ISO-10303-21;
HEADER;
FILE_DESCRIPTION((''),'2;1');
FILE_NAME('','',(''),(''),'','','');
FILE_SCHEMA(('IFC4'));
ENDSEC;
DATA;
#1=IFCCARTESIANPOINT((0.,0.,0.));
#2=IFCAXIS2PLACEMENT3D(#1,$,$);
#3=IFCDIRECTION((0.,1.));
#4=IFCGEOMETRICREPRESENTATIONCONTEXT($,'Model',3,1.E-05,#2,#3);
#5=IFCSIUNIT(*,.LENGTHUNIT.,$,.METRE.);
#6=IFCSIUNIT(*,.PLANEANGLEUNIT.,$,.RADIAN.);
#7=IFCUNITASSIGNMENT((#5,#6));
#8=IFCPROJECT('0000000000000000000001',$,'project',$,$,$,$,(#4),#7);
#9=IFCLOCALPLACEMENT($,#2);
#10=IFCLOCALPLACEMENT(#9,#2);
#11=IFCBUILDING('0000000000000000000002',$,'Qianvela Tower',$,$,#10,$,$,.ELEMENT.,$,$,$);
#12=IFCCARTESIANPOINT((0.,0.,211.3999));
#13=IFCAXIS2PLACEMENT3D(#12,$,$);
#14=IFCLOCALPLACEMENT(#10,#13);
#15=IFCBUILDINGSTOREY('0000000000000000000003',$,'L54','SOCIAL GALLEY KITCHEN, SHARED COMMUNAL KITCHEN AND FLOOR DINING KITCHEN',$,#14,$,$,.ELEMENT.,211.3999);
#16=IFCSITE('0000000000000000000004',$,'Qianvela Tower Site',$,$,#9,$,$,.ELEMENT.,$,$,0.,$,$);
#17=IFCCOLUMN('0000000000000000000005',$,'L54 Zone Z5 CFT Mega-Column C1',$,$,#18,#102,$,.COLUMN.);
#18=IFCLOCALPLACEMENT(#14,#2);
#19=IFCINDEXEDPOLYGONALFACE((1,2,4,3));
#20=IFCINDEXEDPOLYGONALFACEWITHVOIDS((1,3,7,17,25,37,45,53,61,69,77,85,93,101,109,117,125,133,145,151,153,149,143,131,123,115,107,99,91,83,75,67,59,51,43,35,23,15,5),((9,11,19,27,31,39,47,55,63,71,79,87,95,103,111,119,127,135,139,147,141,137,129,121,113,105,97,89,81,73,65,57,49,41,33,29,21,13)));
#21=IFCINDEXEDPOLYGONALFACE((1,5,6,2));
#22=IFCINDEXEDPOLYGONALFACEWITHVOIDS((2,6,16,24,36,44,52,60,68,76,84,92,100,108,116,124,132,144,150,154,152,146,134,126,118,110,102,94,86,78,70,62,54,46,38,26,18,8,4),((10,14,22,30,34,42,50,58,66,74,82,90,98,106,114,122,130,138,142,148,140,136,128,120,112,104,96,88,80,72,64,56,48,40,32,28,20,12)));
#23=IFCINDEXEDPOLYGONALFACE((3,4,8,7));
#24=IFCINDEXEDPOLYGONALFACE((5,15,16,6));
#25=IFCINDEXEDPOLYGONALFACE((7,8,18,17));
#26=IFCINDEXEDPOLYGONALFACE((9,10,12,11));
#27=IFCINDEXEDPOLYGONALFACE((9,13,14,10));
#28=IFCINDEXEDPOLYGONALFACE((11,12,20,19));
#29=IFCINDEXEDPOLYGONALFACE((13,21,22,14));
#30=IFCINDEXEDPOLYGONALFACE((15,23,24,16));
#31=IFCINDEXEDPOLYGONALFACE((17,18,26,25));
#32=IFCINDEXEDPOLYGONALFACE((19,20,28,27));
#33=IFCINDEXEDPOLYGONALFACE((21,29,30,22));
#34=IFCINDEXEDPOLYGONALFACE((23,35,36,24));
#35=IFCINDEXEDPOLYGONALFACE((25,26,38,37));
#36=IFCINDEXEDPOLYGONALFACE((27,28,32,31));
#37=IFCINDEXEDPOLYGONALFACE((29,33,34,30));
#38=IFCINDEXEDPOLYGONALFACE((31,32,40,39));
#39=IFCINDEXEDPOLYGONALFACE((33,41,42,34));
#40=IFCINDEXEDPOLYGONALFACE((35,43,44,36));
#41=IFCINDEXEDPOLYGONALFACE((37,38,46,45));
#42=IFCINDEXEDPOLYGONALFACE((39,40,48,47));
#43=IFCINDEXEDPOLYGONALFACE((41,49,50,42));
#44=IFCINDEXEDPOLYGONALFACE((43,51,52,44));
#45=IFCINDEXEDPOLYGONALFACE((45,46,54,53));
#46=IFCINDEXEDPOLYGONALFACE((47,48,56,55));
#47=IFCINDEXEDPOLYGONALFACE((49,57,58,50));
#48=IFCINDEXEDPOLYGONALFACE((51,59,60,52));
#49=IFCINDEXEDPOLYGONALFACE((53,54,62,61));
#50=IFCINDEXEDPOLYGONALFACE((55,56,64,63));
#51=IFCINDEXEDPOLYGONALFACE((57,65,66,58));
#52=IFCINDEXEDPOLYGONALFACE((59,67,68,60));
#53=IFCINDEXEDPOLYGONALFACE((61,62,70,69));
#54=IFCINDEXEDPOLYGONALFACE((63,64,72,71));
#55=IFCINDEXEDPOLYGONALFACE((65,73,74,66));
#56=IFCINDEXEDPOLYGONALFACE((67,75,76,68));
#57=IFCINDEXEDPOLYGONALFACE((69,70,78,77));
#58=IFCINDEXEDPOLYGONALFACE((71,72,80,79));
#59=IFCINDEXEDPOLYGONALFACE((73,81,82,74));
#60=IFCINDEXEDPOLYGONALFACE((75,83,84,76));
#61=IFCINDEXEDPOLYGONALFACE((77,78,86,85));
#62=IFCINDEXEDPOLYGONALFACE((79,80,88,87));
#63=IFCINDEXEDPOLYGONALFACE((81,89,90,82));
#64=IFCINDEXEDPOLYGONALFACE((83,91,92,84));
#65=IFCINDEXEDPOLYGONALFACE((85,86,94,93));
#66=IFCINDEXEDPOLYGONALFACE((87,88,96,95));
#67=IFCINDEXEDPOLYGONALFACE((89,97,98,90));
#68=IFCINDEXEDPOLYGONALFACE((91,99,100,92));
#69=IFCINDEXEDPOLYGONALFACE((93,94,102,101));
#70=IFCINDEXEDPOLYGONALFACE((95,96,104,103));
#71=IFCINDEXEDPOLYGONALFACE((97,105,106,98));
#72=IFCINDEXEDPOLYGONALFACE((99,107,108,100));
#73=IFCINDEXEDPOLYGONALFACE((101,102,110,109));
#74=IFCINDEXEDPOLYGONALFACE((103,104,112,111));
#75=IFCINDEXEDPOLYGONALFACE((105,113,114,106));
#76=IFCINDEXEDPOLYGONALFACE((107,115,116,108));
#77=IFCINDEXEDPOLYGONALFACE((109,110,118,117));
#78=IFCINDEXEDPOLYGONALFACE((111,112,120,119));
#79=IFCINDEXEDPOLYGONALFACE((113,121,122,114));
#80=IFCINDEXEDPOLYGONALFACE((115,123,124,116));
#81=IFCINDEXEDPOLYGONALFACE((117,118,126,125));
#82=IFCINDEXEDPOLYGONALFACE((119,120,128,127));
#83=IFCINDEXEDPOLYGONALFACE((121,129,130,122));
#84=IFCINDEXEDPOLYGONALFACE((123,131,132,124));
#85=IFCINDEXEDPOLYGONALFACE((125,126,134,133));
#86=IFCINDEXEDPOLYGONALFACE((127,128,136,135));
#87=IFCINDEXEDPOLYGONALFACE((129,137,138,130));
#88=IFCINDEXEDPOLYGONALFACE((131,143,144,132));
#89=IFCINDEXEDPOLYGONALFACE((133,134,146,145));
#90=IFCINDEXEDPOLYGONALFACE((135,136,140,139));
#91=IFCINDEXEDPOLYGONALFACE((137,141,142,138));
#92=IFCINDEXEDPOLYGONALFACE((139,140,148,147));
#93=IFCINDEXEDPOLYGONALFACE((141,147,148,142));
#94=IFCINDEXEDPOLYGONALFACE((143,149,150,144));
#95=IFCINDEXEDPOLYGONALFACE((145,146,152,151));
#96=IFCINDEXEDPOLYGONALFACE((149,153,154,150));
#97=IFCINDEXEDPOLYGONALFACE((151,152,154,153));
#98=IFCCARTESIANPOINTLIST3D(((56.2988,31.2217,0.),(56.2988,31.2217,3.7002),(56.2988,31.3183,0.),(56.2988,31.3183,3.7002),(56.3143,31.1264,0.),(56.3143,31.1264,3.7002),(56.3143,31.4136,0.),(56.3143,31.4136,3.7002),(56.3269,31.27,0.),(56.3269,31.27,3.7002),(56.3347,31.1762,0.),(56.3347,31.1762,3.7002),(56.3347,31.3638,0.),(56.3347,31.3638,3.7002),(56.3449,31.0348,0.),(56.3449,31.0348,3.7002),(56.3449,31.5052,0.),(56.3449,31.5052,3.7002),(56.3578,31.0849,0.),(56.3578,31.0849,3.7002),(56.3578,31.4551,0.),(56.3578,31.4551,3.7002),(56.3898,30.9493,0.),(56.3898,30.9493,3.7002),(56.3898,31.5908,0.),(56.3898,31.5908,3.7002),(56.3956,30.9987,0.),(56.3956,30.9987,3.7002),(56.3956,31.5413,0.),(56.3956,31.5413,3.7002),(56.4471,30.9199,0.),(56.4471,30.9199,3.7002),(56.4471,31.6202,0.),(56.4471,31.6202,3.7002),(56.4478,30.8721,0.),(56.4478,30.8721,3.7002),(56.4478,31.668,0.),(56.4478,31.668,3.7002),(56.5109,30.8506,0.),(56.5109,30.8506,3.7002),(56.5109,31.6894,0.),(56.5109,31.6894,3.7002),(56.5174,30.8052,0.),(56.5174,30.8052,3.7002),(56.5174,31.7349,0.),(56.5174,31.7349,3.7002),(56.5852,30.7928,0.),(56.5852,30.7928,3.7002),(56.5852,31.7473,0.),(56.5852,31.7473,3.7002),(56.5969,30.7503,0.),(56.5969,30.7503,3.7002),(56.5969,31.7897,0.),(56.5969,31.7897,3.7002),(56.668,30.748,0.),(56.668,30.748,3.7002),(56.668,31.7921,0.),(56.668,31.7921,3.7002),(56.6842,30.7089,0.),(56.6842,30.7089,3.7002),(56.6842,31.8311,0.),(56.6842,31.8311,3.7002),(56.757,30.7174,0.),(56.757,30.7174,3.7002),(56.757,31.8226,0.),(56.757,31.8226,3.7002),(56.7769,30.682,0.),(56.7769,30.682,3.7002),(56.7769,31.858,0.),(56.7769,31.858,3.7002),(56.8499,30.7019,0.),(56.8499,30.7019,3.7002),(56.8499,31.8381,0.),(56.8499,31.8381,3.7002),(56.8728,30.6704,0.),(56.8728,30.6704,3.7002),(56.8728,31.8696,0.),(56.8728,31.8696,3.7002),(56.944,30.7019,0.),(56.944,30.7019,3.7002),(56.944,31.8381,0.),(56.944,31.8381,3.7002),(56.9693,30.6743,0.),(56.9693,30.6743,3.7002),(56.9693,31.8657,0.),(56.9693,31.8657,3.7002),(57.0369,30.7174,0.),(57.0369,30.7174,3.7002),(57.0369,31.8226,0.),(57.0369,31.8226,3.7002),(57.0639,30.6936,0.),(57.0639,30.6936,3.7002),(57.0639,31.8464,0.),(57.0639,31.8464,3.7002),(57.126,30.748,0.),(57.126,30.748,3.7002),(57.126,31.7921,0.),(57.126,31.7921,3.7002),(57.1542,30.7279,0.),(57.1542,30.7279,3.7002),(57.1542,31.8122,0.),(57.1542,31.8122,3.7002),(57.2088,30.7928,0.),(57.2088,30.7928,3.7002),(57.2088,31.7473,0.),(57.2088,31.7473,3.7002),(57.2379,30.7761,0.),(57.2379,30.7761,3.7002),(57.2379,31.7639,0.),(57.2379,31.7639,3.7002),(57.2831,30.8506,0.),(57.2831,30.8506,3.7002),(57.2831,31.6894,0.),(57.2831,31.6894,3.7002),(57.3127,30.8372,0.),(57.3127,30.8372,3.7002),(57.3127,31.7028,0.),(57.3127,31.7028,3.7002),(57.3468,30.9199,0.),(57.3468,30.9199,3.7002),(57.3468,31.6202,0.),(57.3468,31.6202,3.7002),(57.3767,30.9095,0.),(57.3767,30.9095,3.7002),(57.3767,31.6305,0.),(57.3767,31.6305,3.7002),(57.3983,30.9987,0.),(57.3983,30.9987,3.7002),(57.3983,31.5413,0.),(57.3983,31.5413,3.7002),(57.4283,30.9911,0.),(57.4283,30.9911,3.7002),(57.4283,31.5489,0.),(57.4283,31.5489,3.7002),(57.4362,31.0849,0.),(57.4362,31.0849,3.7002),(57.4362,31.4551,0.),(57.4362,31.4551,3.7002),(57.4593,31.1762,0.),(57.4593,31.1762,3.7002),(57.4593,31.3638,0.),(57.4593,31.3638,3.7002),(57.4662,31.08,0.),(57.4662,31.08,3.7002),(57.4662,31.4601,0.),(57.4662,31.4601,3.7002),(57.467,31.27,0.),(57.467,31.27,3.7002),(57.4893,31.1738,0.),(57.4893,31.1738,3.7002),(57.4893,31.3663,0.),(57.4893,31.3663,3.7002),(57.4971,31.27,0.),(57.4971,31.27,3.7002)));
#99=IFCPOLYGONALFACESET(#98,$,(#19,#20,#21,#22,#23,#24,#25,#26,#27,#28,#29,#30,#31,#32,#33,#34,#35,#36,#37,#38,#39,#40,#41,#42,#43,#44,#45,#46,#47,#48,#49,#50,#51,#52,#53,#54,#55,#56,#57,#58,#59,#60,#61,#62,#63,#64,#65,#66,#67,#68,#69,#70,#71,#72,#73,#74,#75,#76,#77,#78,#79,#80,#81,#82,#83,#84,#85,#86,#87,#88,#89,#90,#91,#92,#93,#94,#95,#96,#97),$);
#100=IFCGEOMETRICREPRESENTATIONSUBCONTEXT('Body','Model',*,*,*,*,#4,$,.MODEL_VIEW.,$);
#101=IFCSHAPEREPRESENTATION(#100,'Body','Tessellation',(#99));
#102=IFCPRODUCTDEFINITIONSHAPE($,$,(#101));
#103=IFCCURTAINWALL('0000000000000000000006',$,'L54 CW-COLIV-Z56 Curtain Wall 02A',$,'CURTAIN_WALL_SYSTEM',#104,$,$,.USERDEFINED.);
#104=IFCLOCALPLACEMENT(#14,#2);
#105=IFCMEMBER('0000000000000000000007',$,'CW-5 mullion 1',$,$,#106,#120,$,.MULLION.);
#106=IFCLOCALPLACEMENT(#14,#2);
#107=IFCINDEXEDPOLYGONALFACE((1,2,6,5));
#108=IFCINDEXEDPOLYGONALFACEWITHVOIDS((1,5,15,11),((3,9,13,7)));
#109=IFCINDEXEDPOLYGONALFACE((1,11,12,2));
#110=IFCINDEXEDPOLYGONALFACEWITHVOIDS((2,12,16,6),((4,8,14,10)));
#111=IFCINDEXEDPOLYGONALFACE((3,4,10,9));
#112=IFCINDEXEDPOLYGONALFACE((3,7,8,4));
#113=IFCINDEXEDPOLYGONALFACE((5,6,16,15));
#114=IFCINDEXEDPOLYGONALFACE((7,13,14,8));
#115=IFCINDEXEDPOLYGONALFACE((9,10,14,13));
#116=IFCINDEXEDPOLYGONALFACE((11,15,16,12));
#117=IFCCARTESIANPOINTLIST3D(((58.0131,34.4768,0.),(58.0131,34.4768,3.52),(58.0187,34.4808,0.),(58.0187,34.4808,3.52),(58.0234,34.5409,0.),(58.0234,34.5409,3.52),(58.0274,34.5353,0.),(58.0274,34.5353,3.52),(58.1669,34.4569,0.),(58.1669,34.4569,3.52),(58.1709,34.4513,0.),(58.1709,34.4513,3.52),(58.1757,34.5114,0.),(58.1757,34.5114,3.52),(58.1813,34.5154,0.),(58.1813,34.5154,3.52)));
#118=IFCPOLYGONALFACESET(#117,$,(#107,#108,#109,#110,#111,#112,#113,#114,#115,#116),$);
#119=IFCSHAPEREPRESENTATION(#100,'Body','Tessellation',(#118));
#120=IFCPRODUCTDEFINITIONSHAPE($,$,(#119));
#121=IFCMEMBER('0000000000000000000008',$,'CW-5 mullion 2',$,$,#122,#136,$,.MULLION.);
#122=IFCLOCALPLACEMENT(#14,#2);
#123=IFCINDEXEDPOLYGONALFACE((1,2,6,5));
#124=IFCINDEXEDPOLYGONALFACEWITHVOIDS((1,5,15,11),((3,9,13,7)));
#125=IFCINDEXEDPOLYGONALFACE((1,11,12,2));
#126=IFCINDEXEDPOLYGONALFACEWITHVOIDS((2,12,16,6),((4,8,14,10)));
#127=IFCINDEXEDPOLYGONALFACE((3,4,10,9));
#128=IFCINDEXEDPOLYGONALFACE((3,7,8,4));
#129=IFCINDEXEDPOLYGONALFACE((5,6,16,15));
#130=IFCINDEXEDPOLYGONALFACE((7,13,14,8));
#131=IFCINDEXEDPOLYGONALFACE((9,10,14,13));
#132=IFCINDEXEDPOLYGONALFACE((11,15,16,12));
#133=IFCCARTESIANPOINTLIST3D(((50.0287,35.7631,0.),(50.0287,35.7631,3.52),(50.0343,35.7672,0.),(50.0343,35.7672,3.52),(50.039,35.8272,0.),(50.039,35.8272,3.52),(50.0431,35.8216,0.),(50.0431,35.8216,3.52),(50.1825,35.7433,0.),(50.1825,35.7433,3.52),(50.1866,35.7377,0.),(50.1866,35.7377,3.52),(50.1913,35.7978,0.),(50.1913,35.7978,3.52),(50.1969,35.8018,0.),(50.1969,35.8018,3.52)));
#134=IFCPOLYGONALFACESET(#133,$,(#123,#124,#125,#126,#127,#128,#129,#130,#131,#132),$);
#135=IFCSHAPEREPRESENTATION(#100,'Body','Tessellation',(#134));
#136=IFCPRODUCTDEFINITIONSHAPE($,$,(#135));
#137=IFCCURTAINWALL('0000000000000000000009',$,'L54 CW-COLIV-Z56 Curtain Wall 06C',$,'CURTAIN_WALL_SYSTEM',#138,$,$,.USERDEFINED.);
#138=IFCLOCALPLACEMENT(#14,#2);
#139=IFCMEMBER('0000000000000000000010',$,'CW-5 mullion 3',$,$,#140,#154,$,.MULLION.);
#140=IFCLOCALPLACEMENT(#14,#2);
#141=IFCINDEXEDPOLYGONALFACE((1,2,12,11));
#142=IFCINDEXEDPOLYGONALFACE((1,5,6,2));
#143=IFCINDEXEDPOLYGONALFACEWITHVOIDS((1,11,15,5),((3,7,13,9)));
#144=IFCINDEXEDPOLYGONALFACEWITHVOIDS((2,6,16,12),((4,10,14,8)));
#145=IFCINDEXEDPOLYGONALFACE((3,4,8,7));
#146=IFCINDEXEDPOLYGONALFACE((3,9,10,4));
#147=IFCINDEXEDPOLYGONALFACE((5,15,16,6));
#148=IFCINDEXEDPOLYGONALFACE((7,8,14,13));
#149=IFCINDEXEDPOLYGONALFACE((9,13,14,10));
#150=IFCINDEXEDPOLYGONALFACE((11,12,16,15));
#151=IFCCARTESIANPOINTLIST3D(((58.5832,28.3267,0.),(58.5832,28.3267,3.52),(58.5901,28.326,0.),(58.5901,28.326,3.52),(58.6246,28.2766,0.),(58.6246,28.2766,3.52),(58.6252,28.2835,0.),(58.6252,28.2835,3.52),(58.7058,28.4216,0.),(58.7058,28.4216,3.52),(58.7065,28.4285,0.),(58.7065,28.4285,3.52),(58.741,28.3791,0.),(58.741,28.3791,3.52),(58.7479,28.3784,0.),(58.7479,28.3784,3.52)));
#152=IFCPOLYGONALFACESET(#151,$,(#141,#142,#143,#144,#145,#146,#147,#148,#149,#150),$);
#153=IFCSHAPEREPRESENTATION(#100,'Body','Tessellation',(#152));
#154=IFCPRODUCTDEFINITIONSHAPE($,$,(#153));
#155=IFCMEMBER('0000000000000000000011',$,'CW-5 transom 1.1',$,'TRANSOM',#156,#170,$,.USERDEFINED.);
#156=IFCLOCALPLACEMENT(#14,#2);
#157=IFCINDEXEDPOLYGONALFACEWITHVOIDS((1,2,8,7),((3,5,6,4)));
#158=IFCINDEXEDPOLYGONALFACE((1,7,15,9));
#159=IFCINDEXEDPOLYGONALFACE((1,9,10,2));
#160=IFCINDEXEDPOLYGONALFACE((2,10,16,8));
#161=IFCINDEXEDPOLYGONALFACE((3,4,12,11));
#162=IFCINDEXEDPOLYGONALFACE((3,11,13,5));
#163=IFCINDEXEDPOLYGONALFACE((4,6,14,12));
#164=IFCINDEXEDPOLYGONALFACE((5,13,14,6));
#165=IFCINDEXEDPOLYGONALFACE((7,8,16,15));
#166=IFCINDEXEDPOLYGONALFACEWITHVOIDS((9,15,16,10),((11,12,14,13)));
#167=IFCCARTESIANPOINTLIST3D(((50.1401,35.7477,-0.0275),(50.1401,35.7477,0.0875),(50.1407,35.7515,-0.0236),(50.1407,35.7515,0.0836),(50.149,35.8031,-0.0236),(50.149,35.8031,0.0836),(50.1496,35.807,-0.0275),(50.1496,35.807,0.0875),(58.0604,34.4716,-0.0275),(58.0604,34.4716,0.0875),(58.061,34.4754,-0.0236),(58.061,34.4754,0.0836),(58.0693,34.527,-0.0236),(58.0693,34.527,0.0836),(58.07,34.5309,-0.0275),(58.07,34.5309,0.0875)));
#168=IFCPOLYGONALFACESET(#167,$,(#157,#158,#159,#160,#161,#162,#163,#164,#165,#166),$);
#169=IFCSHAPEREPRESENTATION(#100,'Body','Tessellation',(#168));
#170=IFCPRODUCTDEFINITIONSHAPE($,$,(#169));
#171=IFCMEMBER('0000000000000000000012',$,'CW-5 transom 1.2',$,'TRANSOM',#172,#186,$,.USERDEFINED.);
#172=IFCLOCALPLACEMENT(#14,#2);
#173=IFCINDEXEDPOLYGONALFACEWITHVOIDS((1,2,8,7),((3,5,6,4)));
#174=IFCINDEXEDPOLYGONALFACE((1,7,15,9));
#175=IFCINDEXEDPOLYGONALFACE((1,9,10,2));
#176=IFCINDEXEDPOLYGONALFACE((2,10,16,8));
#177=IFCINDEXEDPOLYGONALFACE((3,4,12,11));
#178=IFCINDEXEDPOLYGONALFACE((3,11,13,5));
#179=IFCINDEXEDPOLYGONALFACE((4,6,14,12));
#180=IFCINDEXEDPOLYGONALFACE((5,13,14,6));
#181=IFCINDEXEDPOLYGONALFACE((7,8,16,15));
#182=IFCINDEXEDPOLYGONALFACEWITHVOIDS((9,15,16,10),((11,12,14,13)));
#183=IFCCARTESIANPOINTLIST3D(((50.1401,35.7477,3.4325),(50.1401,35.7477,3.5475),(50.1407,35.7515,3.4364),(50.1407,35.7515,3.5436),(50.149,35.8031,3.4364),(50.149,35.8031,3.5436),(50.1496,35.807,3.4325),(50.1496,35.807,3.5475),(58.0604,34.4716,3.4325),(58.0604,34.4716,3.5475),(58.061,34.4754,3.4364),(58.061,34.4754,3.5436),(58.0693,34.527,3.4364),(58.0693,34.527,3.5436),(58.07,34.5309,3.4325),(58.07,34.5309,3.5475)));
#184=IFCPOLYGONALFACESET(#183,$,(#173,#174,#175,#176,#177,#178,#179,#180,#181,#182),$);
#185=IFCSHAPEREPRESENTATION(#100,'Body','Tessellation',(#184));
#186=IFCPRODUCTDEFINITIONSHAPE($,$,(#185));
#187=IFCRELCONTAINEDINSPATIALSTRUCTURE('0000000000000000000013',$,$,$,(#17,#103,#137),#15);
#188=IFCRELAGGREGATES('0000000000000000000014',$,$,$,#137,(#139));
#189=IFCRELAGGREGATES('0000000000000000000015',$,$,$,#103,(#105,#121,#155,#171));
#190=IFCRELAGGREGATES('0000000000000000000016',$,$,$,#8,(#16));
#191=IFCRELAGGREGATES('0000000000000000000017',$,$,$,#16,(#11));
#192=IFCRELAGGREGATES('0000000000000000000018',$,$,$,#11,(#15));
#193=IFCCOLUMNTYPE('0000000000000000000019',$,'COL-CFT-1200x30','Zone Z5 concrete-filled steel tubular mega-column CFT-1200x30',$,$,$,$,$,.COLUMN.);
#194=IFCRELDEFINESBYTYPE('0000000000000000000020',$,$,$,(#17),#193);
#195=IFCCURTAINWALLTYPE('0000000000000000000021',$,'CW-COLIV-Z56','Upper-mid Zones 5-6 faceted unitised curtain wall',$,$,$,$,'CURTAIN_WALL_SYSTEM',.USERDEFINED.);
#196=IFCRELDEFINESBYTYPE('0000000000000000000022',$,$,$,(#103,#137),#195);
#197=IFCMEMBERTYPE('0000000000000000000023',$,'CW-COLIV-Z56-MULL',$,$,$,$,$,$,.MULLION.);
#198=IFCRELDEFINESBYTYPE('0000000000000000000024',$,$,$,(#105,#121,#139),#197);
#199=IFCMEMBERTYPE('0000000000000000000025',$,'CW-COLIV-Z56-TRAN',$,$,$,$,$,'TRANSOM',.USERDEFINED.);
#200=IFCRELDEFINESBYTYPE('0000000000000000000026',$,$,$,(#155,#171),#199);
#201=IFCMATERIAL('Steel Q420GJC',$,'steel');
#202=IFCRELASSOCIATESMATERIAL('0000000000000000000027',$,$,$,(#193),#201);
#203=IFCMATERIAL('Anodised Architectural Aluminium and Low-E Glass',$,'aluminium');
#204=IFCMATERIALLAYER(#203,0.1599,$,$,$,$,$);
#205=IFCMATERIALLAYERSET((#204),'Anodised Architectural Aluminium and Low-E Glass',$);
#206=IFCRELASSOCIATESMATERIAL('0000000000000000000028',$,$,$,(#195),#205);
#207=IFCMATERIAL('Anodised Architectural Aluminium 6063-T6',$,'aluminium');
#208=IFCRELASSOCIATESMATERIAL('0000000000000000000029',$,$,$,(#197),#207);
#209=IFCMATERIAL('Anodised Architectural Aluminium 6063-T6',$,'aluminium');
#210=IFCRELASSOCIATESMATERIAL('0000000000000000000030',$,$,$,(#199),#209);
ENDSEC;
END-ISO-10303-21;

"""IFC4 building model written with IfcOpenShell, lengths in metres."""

from ifc_helpers import new_model, si_unit, direction, frame, origin, origin_2d, place, context, subcontext, project, spatial, hollow_rectangle, hollow_circle, extrude, material, layer, layer_set, material_profile, profile_set, type_object, element, aggregate, save


model = new_model("IFC4")

# Units and contexts
model_context = context("Model", 3, precision=1e-05, world=origin(), true_north=direction((0.0, 1.0)))
body_context = subcontext(model_context, "Body", "Model", "MODEL_VIEW")
ifc_project = project(units=[si_unit("LENGTHUNIT", "METRE"), si_unit("PLANEANGLEUNIT", "RADIAN")], contexts=[model_context])

# Site, building, storey
site_placement = place(None, origin())
site = spatial("IfcSite", under=ifc_project, at=site_placement, Name="Qianvela Tower Site", CompositionType="ELEMENT", RefElevation=0.0)
building_placement = place(site_placement, origin())
building = spatial("IfcBuilding", under=site, at=building_placement, Name="Qianvela Tower", CompositionType="ELEMENT")
storey_placement = place(building_placement, frame((0.0, 0.0, 211.3999)))
storey = spatial("IfcBuildingStorey", under=building, at=storey_placement, Name="L54", Description="SOCIAL GALLEY KITCHEN, SHARED COMMUNAL KITCHEN AND FLOOR DINING KITCHEN", CompositionType="ELEMENT", Elevation=211.3999)

# Column
ifc_material_1 = material(Name="Steel Q420GJC", Category="steel")
ifc_material_profile_1 = material_profile(ifc_material_1, hollow_circle(Radius=0.6001, WallThickness=0.03, at=origin_2d()), Name="CFT-1200x30")
ifc_profile_set_1 = profile_set([ifc_material_profile_1], Name="Steel Q420GJC")
column_type = type_object("IfcColumnType", Name="COL-CFT-1200x30", Description="Zone Z5 concrete-filled steel tubular mega-column CFT-1200x30", PredefinedType="COLUMN", material=ifc_profile_set_1)
column_placement = place(storey_placement, frame((56.897, 31.27, 0.0), z_axis=(0.0, 0.0, 1.0), x_axis=(1.0, 0.0, 0.0)))
element("IfcColumn", 1, at=column_placement, inside=storey, type_object=column_type, Name="L54 Zone Z5 CFT Mega-Column C1", PredefinedType="COLUMN", context=body_context, shape_type="SweptSolid", body=[
    extrude(hollow_circle(Radius=0.6001, WallThickness=0.03, at=origin_2d()), origin(), (0.0, 0.0, 1.0), 3.7002),
])

# Curtain wall, members
ifc_material_2 = material(Name="Anodised Architectural Aluminium and Low-E Glass", Category="aluminium")
ifc_layer_1 = layer(ifc_material_2, 0.1599)
ifc_layer_set_1 = layer_set([ifc_layer_1], Name="Anodised Architectural Aluminium and Low-E Glass")
curtain_wall_type = type_object("IfcCurtainWallType", Name="CW-COLIV-Z56", Description="Upper-mid Zones 5-6 faceted unitised curtain wall", ElementType="CURTAIN_WALL_SYSTEM", PredefinedType="USERDEFINED", material=ifc_layer_set_1)
curtain_wall_1_placement = place(storey_placement, origin())
curtain_wall_1 = element("IfcCurtainWall", 2, at=curtain_wall_1_placement, inside=storey, type_object=curtain_wall_type, Name="L54 CW-COLIV-Z56 Curtain Wall 02A", ObjectType="CURTAIN_WALL_SYSTEM", PredefinedType="USERDEFINED")
ifc_material_3 = material(Name="Anodised Architectural Aluminium 6063-T6", Category="aluminium")
ifc_material_profile_2 = material_profile(ifc_material_3, hollow_rectangle(XDim=0.0649, YDim=0.1599, WallThickness=0.0049, at=origin_2d()), Name="ALU-MULL-65x160")
ifc_profile_set_2 = profile_set([ifc_material_profile_2], Name="Anodised Architectural Aluminium 6063-T6")
member_type_1 = type_object("IfcMemberType", Name="CW-COLIV-Z56-MULL", PredefinedType="MULLION", material=ifc_profile_set_2)
member_1_placement = place(storey_placement, frame((58.0972, 34.4961, 0.0), z_axis=(0.0, 0.0, 1.0), x_axis=(-0.15907, -0.987267, 0.0)))
member_1 = element("IfcMember", 3, at=member_1_placement, type_object=member_type_1, Name="CW-5 mullion 1", PredefinedType="MULLION", context=body_context, shape_type="SweptSolid", body=[
    extrude(hollow_rectangle(XDim=0.0649, YDim=0.1599, WallThickness=0.0049, at=origin_2d()), origin(), (0.0, 0.0, 1.0), 3.52),
])
member_2_placement = place(storey_placement, frame((50.1128, 35.7825, 0.0), z_axis=(0.0, 0.0, 1.0), x_axis=(-0.15907, -0.987267, 0.0)))
member_2 = element("IfcMember", 4, at=member_2_placement, type_object=member_type_1, Name="CW-5 mullion 2", PredefinedType="MULLION", context=body_context, shape_type="SweptSolid", body=[
    extrude(hollow_rectangle(XDim=0.0649, YDim=0.1599, WallThickness=0.0049, at=origin_2d()), origin(), (0.0, 0.0, 1.0), 3.52),
])

# Curtain wall, member
curtain_wall_2_placement = place(storey_placement, origin())
curtain_wall_2 = element("IfcCurtainWall", 5, at=curtain_wall_2_placement, inside=storey, type_object=curtain_wall_type, Name="L54 CW-COLIV-Z56 Curtain Wall 06C", ObjectType="CURTAIN_WALL_SYSTEM", PredefinedType="USERDEFINED")
member_3_placement = place(storey_placement, frame((58.6655, 28.3525, 0.0), z_axis=(0.0, 0.0, 1.0), x_axis=(-0.636793, 0.771035, 0.0)))
member_3 = element("IfcMember", 6, at=member_3_placement, type_object=member_type_1, Name="CW-5 mullion 3", PredefinedType="MULLION", context=body_context, shape_type="SweptSolid", body=[
    extrude(hollow_rectangle(XDim=0.0649, YDim=0.1599, WallThickness=0.0049, at=origin_2d()), origin(), (0.0, 0.0, 1.0), 3.52),
])
aggregate(curtain_wall_2, [member_3])

# Members
ifc_material_4 = material(Name="Anodised Architectural Aluminium 6063-T6", Category="aluminium")
ifc_material_profile_3 = material_profile(ifc_material_4, hollow_rectangle(XDim=0.0601, YDim=0.115, WallThickness=0.0039, at=origin_2d()), Name="ALU-TRAN-60x115")
ifc_profile_set_3 = profile_set([ifc_material_profile_3], Name="Anodised Architectural Aluminium 6063-T6")
member_type_2 = type_object("IfcMemberType", Name="CW-COLIV-Z56-TRAN", ElementType="TRANSOM", PredefinedType="USERDEFINED", material=ifc_profile_set_3)
member_4_placement = place(storey_placement, frame((58.0652, 34.5012, 0.03), z_axis=(-0.987268, 0.159067, 0.0), x_axis=(-0.159067, -0.987268, 0.0)))
member_4 = element("IfcMember", 7, at=member_4_placement, type_object=member_type_2, Name="CW-5 transom 1.1", ObjectType="TRANSOM", PredefinedType="USERDEFINED", context=body_context, shape_type="SweptSolid", body=[
    extrude(hollow_rectangle(XDim=0.0601, YDim=0.115, WallThickness=0.0039, at=origin_2d()), origin(), (0.0, 0.0, 1.0), 8.0225),
])
member_5_placement = place(storey_placement, frame((58.0652, 34.5012, 3.49), z_axis=(-0.987268, 0.159067, 0.0), x_axis=(-0.159067, -0.987268, 0.0)))
member_5 = element("IfcMember", 8, at=member_5_placement, type_object=member_type_2, Name="CW-5 transom 1.2", ObjectType="TRANSOM", PredefinedType="USERDEFINED", context=body_context, shape_type="SweptSolid", body=[
    extrude(hollow_rectangle(XDim=0.0601, YDim=0.115, WallThickness=0.0039, at=origin_2d()), origin(), (0.0, 0.0, 1.0), 8.0225),
])

aggregate(curtain_wall_1, [member_1, member_2, member_4, member_5])

save(model, "model.ifc")
